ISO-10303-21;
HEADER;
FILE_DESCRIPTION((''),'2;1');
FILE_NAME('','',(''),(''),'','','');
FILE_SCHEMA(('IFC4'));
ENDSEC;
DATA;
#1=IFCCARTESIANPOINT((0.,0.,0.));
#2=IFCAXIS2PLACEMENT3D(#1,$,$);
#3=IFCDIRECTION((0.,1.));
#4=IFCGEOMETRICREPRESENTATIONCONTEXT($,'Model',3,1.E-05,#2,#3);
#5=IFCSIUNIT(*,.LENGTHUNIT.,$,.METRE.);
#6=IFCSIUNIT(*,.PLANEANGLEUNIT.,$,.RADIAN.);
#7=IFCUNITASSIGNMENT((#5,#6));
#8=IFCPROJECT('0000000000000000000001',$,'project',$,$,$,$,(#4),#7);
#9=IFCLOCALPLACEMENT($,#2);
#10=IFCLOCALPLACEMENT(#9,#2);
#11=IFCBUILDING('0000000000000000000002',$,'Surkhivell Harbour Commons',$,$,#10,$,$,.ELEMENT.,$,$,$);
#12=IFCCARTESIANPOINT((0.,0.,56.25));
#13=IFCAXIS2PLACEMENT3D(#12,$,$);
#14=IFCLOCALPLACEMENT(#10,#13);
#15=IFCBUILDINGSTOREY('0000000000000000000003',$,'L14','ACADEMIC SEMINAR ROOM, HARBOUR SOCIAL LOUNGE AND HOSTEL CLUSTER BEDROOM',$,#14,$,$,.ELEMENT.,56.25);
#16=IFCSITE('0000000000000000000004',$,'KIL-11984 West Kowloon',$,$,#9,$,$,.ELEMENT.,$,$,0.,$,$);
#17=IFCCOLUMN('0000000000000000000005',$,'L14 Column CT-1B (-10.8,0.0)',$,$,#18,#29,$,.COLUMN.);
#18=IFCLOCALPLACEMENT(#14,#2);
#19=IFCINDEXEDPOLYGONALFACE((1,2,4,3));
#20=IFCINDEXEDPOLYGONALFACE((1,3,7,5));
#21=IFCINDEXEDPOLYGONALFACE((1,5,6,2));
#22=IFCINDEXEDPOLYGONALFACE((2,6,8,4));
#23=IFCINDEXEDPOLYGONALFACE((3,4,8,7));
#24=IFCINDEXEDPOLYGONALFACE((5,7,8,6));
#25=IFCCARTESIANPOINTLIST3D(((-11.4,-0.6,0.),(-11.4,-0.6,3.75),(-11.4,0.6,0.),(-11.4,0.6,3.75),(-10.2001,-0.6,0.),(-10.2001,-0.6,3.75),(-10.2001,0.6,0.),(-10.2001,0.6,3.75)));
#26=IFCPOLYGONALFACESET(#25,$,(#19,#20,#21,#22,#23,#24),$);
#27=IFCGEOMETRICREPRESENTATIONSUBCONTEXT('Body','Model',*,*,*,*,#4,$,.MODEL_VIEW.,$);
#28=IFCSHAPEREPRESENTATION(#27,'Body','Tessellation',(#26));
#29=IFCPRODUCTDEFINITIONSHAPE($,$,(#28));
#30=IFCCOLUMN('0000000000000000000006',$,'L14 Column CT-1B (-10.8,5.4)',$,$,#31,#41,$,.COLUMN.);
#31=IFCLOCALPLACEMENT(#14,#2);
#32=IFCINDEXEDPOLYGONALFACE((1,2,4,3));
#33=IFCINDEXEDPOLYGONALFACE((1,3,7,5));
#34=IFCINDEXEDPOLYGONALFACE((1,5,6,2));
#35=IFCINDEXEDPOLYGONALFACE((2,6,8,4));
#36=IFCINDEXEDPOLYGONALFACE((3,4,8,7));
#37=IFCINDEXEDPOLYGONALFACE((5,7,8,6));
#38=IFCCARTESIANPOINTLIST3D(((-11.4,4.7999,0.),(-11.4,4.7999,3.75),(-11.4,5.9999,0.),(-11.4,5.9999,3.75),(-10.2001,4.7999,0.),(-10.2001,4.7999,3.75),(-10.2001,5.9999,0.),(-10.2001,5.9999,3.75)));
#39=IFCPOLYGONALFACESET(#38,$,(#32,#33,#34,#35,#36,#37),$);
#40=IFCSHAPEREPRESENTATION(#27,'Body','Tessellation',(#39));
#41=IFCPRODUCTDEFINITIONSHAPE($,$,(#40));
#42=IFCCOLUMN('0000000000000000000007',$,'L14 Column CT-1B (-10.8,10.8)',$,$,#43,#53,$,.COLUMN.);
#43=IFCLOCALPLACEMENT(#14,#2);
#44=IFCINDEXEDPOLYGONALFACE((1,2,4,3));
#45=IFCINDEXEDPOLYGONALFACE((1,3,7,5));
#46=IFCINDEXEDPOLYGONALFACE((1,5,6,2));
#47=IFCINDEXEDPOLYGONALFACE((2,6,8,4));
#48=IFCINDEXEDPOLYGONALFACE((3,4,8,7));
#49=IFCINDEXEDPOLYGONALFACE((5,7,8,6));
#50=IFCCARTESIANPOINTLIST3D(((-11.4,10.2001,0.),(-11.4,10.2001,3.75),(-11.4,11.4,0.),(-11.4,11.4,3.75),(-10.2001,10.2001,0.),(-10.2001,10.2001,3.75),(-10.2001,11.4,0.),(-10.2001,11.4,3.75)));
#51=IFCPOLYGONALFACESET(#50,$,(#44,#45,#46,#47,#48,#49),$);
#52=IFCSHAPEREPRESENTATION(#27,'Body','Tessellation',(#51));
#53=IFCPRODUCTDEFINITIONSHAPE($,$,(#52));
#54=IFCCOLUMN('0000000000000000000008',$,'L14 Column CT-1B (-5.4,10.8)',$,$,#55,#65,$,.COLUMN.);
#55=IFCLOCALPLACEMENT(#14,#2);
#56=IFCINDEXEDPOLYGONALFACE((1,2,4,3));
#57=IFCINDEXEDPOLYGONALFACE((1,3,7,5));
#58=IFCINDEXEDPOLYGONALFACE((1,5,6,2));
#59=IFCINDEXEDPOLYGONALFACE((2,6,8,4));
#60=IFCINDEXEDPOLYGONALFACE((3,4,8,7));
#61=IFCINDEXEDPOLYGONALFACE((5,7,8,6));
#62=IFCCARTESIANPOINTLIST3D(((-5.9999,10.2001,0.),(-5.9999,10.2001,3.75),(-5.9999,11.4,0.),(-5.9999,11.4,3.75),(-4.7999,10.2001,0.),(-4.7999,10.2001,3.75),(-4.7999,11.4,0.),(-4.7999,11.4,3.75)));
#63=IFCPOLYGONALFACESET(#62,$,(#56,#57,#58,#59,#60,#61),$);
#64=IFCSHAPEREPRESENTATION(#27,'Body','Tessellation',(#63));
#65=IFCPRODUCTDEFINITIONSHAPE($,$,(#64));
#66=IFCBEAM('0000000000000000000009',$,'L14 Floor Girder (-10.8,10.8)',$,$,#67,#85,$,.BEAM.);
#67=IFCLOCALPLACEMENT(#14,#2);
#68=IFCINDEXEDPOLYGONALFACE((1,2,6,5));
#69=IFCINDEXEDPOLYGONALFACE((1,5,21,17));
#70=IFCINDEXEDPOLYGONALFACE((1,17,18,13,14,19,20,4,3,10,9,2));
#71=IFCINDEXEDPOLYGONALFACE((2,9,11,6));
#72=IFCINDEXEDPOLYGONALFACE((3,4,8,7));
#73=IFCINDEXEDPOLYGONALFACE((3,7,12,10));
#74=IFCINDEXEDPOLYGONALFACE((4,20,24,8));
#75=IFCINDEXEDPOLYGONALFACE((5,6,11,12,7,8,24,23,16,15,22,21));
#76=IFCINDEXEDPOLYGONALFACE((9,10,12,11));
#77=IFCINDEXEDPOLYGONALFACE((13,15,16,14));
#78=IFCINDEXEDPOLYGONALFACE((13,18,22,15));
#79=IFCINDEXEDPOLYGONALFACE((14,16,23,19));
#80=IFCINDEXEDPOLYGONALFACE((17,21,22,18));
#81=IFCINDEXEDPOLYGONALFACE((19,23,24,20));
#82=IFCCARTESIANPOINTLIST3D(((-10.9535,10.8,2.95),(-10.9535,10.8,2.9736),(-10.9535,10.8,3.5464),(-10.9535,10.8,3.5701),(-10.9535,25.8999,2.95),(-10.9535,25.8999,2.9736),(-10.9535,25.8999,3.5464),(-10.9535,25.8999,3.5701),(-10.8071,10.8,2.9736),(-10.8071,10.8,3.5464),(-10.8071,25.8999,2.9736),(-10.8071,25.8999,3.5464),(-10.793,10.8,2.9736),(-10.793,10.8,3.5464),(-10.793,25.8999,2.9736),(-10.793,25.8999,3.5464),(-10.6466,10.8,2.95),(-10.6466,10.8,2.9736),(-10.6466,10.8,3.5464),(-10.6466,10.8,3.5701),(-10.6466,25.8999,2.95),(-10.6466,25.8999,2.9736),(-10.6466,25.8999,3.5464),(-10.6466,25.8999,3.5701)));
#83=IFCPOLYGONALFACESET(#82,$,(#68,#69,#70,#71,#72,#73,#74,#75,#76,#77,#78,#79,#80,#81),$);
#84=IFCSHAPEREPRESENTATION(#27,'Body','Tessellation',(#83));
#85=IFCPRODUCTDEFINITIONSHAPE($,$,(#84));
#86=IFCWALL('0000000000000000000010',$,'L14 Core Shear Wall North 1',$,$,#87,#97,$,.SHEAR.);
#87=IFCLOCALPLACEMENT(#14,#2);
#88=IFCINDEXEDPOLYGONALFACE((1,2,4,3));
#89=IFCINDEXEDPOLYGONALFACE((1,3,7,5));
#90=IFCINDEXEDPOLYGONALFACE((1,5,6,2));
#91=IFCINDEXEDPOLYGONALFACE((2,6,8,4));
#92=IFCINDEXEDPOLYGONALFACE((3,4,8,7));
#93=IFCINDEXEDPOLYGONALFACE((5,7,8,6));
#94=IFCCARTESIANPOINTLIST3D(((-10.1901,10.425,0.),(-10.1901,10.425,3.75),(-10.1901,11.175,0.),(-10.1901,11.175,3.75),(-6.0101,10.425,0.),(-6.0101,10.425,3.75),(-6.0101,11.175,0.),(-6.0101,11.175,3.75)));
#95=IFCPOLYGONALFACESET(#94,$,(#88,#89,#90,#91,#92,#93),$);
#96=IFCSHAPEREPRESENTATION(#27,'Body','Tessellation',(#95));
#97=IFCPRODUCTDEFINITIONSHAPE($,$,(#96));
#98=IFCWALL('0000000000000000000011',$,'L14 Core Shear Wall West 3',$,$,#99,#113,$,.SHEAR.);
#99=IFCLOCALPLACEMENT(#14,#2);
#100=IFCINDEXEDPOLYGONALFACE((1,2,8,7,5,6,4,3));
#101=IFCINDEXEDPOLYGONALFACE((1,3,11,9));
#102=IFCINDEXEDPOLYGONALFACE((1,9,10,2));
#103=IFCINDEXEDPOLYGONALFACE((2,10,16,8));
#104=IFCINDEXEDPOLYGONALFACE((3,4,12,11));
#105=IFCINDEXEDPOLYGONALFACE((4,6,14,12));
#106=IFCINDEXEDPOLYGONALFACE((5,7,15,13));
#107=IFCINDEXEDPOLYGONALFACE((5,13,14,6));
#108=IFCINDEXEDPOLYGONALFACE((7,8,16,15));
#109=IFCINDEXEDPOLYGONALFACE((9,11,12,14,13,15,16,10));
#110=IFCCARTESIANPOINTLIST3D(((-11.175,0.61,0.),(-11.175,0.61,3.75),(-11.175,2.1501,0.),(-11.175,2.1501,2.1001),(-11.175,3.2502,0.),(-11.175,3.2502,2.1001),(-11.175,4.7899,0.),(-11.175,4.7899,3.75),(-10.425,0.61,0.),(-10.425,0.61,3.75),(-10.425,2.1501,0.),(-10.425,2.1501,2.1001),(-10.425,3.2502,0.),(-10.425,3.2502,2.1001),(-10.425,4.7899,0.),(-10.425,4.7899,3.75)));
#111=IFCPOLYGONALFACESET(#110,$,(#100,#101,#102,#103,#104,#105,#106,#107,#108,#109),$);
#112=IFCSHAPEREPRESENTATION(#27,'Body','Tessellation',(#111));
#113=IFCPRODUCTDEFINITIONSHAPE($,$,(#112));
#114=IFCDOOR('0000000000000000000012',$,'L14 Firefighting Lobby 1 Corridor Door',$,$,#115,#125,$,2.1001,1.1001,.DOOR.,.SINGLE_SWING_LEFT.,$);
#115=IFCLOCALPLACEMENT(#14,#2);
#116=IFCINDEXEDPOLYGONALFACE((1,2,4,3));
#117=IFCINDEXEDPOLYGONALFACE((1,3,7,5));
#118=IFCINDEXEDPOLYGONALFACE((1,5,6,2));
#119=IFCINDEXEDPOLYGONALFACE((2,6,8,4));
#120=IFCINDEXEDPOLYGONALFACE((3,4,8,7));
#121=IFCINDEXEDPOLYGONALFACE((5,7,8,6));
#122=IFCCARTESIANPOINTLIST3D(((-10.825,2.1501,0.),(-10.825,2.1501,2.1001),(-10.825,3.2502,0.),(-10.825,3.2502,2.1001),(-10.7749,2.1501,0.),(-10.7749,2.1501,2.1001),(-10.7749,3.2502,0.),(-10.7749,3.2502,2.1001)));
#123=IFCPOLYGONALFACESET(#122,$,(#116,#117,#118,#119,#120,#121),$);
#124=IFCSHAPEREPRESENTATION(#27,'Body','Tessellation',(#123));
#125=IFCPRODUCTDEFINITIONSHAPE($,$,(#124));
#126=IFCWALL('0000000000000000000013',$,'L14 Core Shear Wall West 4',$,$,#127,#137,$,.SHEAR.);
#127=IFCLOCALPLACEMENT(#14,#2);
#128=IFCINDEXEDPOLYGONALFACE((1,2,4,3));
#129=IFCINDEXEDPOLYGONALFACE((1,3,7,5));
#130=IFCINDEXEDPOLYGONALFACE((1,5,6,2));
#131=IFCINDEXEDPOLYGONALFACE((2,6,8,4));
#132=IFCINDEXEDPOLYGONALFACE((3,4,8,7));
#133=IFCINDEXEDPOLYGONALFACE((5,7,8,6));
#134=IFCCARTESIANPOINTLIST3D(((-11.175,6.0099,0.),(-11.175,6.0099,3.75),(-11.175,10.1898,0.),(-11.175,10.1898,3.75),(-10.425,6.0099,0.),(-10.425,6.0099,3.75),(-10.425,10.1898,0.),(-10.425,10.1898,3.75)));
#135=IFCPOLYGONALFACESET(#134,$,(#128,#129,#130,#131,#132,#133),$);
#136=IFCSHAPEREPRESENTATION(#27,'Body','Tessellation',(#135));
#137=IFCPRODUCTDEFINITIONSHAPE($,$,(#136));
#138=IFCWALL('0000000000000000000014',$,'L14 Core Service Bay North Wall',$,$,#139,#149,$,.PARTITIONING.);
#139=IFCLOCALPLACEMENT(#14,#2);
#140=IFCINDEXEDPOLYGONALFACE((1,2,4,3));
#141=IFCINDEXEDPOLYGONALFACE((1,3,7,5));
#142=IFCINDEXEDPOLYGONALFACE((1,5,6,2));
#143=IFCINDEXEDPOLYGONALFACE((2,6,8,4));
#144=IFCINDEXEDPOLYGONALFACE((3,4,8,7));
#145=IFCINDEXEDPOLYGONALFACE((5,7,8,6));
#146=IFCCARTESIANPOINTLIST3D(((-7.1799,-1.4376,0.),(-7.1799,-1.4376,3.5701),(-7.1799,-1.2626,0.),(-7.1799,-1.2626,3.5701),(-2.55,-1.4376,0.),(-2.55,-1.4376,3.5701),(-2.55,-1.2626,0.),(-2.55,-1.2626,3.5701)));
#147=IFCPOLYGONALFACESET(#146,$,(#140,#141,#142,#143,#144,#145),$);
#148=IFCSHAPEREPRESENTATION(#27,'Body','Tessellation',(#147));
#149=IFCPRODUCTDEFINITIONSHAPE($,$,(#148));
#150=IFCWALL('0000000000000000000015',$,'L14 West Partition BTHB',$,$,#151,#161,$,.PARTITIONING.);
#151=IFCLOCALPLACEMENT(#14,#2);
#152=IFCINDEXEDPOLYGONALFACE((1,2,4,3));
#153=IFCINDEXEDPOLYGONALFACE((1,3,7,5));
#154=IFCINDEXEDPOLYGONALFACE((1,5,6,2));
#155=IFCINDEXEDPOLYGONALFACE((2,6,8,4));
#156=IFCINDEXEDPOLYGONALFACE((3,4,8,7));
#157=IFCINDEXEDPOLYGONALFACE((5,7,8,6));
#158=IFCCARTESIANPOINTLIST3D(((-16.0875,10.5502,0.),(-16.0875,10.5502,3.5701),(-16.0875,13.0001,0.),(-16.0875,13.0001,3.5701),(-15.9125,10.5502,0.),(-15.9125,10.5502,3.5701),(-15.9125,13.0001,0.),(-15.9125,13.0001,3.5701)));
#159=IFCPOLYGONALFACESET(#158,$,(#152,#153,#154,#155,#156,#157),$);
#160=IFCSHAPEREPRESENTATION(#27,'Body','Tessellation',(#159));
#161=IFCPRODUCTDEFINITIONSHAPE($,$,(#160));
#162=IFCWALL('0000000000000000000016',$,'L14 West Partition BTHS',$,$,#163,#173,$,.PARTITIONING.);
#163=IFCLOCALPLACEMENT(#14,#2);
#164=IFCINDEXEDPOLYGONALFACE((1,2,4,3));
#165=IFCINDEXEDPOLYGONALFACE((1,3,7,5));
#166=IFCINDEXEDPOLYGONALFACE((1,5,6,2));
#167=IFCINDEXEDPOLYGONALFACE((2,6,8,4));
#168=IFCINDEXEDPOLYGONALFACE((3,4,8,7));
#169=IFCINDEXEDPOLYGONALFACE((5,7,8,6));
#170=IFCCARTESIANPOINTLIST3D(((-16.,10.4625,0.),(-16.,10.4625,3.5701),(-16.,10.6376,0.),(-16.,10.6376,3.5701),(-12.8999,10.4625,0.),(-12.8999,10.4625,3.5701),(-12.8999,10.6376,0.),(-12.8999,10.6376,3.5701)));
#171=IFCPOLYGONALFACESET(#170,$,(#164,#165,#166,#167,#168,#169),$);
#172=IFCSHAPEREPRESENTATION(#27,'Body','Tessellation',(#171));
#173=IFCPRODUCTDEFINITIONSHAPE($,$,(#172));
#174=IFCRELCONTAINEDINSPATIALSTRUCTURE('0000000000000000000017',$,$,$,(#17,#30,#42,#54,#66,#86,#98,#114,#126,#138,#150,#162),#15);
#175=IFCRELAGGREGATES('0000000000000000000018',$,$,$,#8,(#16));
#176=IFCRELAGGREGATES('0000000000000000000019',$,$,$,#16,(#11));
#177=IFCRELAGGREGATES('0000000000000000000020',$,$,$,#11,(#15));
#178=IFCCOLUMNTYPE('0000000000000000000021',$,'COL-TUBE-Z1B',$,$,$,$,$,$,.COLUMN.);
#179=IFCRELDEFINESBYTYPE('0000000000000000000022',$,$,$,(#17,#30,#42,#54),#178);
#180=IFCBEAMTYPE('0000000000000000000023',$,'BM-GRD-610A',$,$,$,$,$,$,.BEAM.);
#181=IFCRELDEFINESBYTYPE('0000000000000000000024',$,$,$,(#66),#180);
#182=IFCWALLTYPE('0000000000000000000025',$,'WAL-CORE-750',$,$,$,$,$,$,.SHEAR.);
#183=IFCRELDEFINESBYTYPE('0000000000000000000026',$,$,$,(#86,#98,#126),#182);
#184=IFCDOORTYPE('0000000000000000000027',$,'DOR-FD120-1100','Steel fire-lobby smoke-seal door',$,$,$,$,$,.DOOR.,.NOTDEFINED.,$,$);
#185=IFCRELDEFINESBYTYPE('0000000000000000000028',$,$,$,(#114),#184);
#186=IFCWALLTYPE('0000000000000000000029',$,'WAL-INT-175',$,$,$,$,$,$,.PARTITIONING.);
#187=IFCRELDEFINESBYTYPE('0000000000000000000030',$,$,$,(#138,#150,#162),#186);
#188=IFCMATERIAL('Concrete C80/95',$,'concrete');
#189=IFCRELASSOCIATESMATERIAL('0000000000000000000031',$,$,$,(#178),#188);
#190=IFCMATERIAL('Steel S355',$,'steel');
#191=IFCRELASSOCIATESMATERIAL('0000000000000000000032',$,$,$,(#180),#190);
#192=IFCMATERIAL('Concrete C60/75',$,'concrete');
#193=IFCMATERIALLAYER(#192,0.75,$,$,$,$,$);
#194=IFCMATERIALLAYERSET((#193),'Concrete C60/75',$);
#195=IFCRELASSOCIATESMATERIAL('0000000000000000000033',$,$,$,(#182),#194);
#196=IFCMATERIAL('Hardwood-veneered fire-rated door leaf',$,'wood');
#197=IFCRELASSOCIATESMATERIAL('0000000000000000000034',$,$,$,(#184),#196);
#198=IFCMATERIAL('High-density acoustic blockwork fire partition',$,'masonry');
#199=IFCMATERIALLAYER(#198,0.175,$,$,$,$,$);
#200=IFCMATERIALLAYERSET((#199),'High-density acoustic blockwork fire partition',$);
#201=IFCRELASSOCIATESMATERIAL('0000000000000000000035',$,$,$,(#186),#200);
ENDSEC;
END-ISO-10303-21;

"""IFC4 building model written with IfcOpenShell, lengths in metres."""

from ifc_helpers import new_model, si_unit, direction, frame, frame_2d, origin, origin_2d, place, context, subcontext, project, spatial, rectangle, i_section, extrude, material, layer, layer_set, material_profile, profile_set, type_object, element, fill, save


model = new_model("IFC4")

# Units and contexts
model_context = context("Model", 3, precision=1e-05, world=origin(), true_north=direction((0.0, 1.0)))
body_context = subcontext(model_context, "Body", "Model", "MODEL_VIEW")
ifc_project = project(units=[si_unit("LENGTHUNIT", "METRE"), si_unit("PLANEANGLEUNIT", "RADIAN")], contexts=[model_context])

# Site, building, storey
site_placement = place(None, origin())
site = spatial("IfcSite", under=ifc_project, at=site_placement, Name="KIL-11984 West Kowloon", CompositionType="ELEMENT", RefElevation=0.0)
building_placement = place(site_placement, origin())
building = spatial("IfcBuilding", under=site, at=building_placement, Name="Surkhivell Harbour Commons", CompositionType="ELEMENT")
storey_placement = place(building_placement, frame((0.0, 0.0, 56.25)))
storey = spatial("IfcBuildingStorey", under=building, at=storey_placement, Name="L14", Description="ACADEMIC SEMINAR ROOM, HARBOUR SOCIAL LOUNGE AND HOSTEL CLUSTER BEDROOM", CompositionType="ELEMENT", Elevation=56.25)

# Columns
ifc_material_1 = material(Name="Concrete C80/95", Category="concrete")
ifc_material_profile_1 = material_profile(ifc_material_1, rectangle(XDim=1.2, YDim=1.2, at=origin_2d()), Name="RC-COL-1200x1200")
ifc_profile_set_1 = profile_set([ifc_material_profile_1], Name="Concrete C80/95")
column_type = type_object("IfcColumnType", Name="COL-TUBE-Z1B", PredefinedType="COLUMN", material=ifc_profile_set_1)
for number, where, z_axis, x_axis, name in (
    (1, (-10.8, 0.0, 0.0), (0.0, 0.0, 1.0), (1.0, 0.0, 0.0), "L14 Column CT-1B (-10.8,0.0)"),
    (2, (-10.8, 5.3999, 0.0), (0.0, 0.0, 1.0), (1.0, 0.0, 0.0), "L14 Column CT-1B (-10.8,5.4)"),
    (3, (-10.8, 10.8, 0.0), (0.0, 0.0, 1.0), (1.0, 0.0, 0.0), "L14 Column CT-1B (-10.8,10.8)"),
    (4, (-5.3999, 10.8, 0.0), (0.0, 0.0, 1.0), (1.0, 0.0, 0.0), "L14 Column CT-1B (-5.4,10.8)"),
):
    element("IfcColumn", number, at=place(storey_placement, frame(where, z_axis=z_axis, x_axis=x_axis)), inside=storey, type_object=column_type, Name=name, PredefinedType="COLUMN", context=body_context, shape_type="SweptSolid", body=[
        extrude(rectangle(XDim=1.2, YDim=1.2, at=origin_2d()), origin(), (0.0, 0.0, 1.0), 3.75),
    ])

# Beam
ifc_material_2 = material(Name="Steel S355", Category="steel")
ifc_material_profile_2 = material_profile(ifc_material_2, i_section(OverallWidth=0.3069, OverallDepth=0.6201, WebThickness=0.0142, FlangeThickness=0.0237, at=origin_2d()), Name="UB610x305x179")
ifc_profile_set_2 = profile_set([ifc_material_profile_2], Name="Steel S355")
beam_type = type_object("IfcBeamType", Name="BM-GRD-610A", PredefinedType="BEAM", material=ifc_profile_set_2)
beam_placement = place(storey_placement, frame((-10.8, 10.8, 3.26), z_axis=(0.0, 1.0, 0.0), x_axis=(-1.0, 0.0, 0.0)))
element("IfcBeam", 5, at=beam_placement, inside=storey, type_object=beam_type, Name="L14 Floor Girder (-10.8,10.8)", PredefinedType="BEAM", context=body_context, shape_type="SweptSolid", body=[
    extrude(i_section(OverallWidth=0.3069, OverallDepth=0.6201, WebThickness=0.0142, FlangeThickness=0.0237, at=origin_2d()), origin(), (0.0, 0.0, 1.0), 15.0999),
])

# Wall
ifc_material_3 = material(Name="Concrete C60/75", Category="concrete")
ifc_layer_1 = layer(ifc_material_3, 0.75)
ifc_layer_set_1 = layer_set([ifc_layer_1], Name="Concrete C60/75")
wall_type_1 = type_object("IfcWallType", Name="WAL-CORE-750", PredefinedType="SHEAR", material=ifc_layer_set_1)
wall_1_placement = place(storey_placement, frame((-10.1899, 10.8, 0.0), z_axis=(0.0, 0.0, 1.0), x_axis=(1.0, 0.0, 0.0)))
element("IfcWall", 6, at=wall_1_placement, inside=storey, type_object=wall_type_1, Name="L14 Core Shear Wall North 1", PredefinedType="SHEAR", context=body_context, shape_type="SweptSolid", body=[
    extrude(rectangle(XDim=4.1799, YDim=0.75, at=frame_2d((2.0898, 0.0))), origin(), (0.0, 0.0, 1.0), 3.75),
])

# Wall, opening, door
wall_2_placement = place(storey_placement, frame((-10.8, 0.6101, 0.0), z_axis=(0.0, 0.0, 1.0), x_axis=(0.0, 1.0, 0.0)))
wall_2 = element("IfcWall", 7, at=wall_2_placement, inside=storey, type_object=wall_type_1, Name="L14 Core Shear Wall West 3", PredefinedType="SHEAR", context=body_context, shape_type="SweptSolid", body=[
    extrude(rectangle(XDim=4.1799, YDim=0.75, at=frame_2d((2.0898, 0.0))), origin(), (0.0, 0.0, 1.0), 3.75),
])
opening_1_placement = place(wall_2_placement, frame((1.54, 0.0, 0.0)))
opening_1 = element("IfcOpeningElement", 8, at=opening_1_placement, cuts=wall_2, PredefinedType="OPENING", context=body_context, shape_type="SweptSolid", body=[
    extrude(rectangle(XDim=1.1001, YDim=2.1001, at=frame_2d((0.55, 1.05))), frame((0.0, 0.385, 0.0), z_axis=(0.0, -1.0, 0.0), x_axis=(1.0, 0.0, 0.0)), (0.0, 0.0, 1.0), 0.77),
])
ifc_material_4 = material(Name="Hardwood-veneered fire-rated door leaf", Category="wood")
door_type_1 = type_object("IfcDoorType", Name="DOR-FD120-1100", Description="Steel fire-lobby smoke-seal door", OperationType="NOTDEFINED", PredefinedType="DOOR", material=ifc_material_4)
door_1_placement = place(opening_1_placement, origin())
door_1 = element("IfcDoor", 9, at=door_1_placement, inside=storey, type_object=door_type_1, Name="L14 Firefighting Lobby 1 Corridor Door", OperationType="SINGLE_SWING_LEFT", OverallHeight=2.1001, OverallWidth=1.1001, PredefinedType="DOOR", context=body_context, shape_type="SweptSolid", body=[
    extrude(rectangle(XDim=1.1001, YDim=2.1001, at=frame_2d((0.55, 1.05))), frame((0.0, 0.0249, 0.0), z_axis=(0.0, -1.0, 0.0), x_axis=(1.0, 0.0, 0.0)), (0.0, 0.0, 1.0), 0.05),
])
fill(opening_1, door_1)

# Walls
wall_3_placement = place(storey_placement, frame((-10.8, 6.01, 0.0), z_axis=(0.0, 0.0, 1.0), x_axis=(0.0, 1.0, 0.0)))
element("IfcWall", 10, at=wall_3_placement, inside=storey, type_object=wall_type_1, Name="L14 Core Shear Wall West 4", PredefinedType="SHEAR", context=body_context, shape_type="SweptSolid", body=[
    extrude(rectangle(XDim=4.1799, YDim=0.75, at=frame_2d((2.0898, 0.0))), origin(), (0.0, 0.0, 1.0), 3.75),
])
ifc_material_5 = material(Name="High-density acoustic blockwork fire partition", Category="masonry")
ifc_layer_2 = layer(ifc_material_5, 0.175)
ifc_layer_set_2 = layer_set([ifc_layer_2], Name="High-density acoustic blockwork fire partition")
wall_type_2 = type_object("IfcWallType", Name="WAL-INT-175", PredefinedType="PARTITIONING", material=ifc_layer_set_2)
wall_4_placement = place(storey_placement, frame((-7.1799, -1.3501, 0.0), z_axis=(0.0, 0.0, 1.0), x_axis=(1.0, 0.0, 0.0)))
element("IfcWall", 11, at=wall_4_placement, inside=storey, type_object=wall_type_2, Name="L14 Core Service Bay North Wall", PredefinedType="PARTITIONING", context=body_context, shape_type="SweptSolid", body=[
    extrude(rectangle(XDim=4.6299, YDim=0.175, at=frame_2d((2.3149, 0.0))), origin(), (0.0, 0.0, 1.0), 3.5701),
])
wall_5_placement = place(storey_placement, frame((-16.0, 10.55, 0.0), z_axis=(0.0, 0.0, 1.0), x_axis=(0.0, 1.0, 0.0)))
element("IfcWall", 12, at=wall_5_placement, inside=storey, type_object=wall_type_2, Name="L14 West Partition BTHB", PredefinedType="PARTITIONING", context=body_context, shape_type="SweptSolid", body=[
    extrude(rectangle(XDim=2.45, YDim=0.175, at=frame_2d((1.2251, 0.0))), origin(), (0.0, 0.0, 1.0), 3.5701),
])
wall_6_placement = place(storey_placement, frame((-16.0, 10.55, 0.0), z_axis=(0.0, 0.0, 1.0), x_axis=(1.0, 0.0, 0.0)))
element("IfcWall", 13, at=wall_6_placement, inside=storey, type_object=wall_type_2, Name="L14 West Partition BTHS", PredefinedType="PARTITIONING", context=body_context, shape_type="SweptSolid", body=[
    extrude(rectangle(XDim=3.1001, YDim=0.175, at=frame_2d((1.55, 0.0))), origin(), (0.0, 0.0, 1.0), 3.5701),
])

save(model, "model.ifc")
